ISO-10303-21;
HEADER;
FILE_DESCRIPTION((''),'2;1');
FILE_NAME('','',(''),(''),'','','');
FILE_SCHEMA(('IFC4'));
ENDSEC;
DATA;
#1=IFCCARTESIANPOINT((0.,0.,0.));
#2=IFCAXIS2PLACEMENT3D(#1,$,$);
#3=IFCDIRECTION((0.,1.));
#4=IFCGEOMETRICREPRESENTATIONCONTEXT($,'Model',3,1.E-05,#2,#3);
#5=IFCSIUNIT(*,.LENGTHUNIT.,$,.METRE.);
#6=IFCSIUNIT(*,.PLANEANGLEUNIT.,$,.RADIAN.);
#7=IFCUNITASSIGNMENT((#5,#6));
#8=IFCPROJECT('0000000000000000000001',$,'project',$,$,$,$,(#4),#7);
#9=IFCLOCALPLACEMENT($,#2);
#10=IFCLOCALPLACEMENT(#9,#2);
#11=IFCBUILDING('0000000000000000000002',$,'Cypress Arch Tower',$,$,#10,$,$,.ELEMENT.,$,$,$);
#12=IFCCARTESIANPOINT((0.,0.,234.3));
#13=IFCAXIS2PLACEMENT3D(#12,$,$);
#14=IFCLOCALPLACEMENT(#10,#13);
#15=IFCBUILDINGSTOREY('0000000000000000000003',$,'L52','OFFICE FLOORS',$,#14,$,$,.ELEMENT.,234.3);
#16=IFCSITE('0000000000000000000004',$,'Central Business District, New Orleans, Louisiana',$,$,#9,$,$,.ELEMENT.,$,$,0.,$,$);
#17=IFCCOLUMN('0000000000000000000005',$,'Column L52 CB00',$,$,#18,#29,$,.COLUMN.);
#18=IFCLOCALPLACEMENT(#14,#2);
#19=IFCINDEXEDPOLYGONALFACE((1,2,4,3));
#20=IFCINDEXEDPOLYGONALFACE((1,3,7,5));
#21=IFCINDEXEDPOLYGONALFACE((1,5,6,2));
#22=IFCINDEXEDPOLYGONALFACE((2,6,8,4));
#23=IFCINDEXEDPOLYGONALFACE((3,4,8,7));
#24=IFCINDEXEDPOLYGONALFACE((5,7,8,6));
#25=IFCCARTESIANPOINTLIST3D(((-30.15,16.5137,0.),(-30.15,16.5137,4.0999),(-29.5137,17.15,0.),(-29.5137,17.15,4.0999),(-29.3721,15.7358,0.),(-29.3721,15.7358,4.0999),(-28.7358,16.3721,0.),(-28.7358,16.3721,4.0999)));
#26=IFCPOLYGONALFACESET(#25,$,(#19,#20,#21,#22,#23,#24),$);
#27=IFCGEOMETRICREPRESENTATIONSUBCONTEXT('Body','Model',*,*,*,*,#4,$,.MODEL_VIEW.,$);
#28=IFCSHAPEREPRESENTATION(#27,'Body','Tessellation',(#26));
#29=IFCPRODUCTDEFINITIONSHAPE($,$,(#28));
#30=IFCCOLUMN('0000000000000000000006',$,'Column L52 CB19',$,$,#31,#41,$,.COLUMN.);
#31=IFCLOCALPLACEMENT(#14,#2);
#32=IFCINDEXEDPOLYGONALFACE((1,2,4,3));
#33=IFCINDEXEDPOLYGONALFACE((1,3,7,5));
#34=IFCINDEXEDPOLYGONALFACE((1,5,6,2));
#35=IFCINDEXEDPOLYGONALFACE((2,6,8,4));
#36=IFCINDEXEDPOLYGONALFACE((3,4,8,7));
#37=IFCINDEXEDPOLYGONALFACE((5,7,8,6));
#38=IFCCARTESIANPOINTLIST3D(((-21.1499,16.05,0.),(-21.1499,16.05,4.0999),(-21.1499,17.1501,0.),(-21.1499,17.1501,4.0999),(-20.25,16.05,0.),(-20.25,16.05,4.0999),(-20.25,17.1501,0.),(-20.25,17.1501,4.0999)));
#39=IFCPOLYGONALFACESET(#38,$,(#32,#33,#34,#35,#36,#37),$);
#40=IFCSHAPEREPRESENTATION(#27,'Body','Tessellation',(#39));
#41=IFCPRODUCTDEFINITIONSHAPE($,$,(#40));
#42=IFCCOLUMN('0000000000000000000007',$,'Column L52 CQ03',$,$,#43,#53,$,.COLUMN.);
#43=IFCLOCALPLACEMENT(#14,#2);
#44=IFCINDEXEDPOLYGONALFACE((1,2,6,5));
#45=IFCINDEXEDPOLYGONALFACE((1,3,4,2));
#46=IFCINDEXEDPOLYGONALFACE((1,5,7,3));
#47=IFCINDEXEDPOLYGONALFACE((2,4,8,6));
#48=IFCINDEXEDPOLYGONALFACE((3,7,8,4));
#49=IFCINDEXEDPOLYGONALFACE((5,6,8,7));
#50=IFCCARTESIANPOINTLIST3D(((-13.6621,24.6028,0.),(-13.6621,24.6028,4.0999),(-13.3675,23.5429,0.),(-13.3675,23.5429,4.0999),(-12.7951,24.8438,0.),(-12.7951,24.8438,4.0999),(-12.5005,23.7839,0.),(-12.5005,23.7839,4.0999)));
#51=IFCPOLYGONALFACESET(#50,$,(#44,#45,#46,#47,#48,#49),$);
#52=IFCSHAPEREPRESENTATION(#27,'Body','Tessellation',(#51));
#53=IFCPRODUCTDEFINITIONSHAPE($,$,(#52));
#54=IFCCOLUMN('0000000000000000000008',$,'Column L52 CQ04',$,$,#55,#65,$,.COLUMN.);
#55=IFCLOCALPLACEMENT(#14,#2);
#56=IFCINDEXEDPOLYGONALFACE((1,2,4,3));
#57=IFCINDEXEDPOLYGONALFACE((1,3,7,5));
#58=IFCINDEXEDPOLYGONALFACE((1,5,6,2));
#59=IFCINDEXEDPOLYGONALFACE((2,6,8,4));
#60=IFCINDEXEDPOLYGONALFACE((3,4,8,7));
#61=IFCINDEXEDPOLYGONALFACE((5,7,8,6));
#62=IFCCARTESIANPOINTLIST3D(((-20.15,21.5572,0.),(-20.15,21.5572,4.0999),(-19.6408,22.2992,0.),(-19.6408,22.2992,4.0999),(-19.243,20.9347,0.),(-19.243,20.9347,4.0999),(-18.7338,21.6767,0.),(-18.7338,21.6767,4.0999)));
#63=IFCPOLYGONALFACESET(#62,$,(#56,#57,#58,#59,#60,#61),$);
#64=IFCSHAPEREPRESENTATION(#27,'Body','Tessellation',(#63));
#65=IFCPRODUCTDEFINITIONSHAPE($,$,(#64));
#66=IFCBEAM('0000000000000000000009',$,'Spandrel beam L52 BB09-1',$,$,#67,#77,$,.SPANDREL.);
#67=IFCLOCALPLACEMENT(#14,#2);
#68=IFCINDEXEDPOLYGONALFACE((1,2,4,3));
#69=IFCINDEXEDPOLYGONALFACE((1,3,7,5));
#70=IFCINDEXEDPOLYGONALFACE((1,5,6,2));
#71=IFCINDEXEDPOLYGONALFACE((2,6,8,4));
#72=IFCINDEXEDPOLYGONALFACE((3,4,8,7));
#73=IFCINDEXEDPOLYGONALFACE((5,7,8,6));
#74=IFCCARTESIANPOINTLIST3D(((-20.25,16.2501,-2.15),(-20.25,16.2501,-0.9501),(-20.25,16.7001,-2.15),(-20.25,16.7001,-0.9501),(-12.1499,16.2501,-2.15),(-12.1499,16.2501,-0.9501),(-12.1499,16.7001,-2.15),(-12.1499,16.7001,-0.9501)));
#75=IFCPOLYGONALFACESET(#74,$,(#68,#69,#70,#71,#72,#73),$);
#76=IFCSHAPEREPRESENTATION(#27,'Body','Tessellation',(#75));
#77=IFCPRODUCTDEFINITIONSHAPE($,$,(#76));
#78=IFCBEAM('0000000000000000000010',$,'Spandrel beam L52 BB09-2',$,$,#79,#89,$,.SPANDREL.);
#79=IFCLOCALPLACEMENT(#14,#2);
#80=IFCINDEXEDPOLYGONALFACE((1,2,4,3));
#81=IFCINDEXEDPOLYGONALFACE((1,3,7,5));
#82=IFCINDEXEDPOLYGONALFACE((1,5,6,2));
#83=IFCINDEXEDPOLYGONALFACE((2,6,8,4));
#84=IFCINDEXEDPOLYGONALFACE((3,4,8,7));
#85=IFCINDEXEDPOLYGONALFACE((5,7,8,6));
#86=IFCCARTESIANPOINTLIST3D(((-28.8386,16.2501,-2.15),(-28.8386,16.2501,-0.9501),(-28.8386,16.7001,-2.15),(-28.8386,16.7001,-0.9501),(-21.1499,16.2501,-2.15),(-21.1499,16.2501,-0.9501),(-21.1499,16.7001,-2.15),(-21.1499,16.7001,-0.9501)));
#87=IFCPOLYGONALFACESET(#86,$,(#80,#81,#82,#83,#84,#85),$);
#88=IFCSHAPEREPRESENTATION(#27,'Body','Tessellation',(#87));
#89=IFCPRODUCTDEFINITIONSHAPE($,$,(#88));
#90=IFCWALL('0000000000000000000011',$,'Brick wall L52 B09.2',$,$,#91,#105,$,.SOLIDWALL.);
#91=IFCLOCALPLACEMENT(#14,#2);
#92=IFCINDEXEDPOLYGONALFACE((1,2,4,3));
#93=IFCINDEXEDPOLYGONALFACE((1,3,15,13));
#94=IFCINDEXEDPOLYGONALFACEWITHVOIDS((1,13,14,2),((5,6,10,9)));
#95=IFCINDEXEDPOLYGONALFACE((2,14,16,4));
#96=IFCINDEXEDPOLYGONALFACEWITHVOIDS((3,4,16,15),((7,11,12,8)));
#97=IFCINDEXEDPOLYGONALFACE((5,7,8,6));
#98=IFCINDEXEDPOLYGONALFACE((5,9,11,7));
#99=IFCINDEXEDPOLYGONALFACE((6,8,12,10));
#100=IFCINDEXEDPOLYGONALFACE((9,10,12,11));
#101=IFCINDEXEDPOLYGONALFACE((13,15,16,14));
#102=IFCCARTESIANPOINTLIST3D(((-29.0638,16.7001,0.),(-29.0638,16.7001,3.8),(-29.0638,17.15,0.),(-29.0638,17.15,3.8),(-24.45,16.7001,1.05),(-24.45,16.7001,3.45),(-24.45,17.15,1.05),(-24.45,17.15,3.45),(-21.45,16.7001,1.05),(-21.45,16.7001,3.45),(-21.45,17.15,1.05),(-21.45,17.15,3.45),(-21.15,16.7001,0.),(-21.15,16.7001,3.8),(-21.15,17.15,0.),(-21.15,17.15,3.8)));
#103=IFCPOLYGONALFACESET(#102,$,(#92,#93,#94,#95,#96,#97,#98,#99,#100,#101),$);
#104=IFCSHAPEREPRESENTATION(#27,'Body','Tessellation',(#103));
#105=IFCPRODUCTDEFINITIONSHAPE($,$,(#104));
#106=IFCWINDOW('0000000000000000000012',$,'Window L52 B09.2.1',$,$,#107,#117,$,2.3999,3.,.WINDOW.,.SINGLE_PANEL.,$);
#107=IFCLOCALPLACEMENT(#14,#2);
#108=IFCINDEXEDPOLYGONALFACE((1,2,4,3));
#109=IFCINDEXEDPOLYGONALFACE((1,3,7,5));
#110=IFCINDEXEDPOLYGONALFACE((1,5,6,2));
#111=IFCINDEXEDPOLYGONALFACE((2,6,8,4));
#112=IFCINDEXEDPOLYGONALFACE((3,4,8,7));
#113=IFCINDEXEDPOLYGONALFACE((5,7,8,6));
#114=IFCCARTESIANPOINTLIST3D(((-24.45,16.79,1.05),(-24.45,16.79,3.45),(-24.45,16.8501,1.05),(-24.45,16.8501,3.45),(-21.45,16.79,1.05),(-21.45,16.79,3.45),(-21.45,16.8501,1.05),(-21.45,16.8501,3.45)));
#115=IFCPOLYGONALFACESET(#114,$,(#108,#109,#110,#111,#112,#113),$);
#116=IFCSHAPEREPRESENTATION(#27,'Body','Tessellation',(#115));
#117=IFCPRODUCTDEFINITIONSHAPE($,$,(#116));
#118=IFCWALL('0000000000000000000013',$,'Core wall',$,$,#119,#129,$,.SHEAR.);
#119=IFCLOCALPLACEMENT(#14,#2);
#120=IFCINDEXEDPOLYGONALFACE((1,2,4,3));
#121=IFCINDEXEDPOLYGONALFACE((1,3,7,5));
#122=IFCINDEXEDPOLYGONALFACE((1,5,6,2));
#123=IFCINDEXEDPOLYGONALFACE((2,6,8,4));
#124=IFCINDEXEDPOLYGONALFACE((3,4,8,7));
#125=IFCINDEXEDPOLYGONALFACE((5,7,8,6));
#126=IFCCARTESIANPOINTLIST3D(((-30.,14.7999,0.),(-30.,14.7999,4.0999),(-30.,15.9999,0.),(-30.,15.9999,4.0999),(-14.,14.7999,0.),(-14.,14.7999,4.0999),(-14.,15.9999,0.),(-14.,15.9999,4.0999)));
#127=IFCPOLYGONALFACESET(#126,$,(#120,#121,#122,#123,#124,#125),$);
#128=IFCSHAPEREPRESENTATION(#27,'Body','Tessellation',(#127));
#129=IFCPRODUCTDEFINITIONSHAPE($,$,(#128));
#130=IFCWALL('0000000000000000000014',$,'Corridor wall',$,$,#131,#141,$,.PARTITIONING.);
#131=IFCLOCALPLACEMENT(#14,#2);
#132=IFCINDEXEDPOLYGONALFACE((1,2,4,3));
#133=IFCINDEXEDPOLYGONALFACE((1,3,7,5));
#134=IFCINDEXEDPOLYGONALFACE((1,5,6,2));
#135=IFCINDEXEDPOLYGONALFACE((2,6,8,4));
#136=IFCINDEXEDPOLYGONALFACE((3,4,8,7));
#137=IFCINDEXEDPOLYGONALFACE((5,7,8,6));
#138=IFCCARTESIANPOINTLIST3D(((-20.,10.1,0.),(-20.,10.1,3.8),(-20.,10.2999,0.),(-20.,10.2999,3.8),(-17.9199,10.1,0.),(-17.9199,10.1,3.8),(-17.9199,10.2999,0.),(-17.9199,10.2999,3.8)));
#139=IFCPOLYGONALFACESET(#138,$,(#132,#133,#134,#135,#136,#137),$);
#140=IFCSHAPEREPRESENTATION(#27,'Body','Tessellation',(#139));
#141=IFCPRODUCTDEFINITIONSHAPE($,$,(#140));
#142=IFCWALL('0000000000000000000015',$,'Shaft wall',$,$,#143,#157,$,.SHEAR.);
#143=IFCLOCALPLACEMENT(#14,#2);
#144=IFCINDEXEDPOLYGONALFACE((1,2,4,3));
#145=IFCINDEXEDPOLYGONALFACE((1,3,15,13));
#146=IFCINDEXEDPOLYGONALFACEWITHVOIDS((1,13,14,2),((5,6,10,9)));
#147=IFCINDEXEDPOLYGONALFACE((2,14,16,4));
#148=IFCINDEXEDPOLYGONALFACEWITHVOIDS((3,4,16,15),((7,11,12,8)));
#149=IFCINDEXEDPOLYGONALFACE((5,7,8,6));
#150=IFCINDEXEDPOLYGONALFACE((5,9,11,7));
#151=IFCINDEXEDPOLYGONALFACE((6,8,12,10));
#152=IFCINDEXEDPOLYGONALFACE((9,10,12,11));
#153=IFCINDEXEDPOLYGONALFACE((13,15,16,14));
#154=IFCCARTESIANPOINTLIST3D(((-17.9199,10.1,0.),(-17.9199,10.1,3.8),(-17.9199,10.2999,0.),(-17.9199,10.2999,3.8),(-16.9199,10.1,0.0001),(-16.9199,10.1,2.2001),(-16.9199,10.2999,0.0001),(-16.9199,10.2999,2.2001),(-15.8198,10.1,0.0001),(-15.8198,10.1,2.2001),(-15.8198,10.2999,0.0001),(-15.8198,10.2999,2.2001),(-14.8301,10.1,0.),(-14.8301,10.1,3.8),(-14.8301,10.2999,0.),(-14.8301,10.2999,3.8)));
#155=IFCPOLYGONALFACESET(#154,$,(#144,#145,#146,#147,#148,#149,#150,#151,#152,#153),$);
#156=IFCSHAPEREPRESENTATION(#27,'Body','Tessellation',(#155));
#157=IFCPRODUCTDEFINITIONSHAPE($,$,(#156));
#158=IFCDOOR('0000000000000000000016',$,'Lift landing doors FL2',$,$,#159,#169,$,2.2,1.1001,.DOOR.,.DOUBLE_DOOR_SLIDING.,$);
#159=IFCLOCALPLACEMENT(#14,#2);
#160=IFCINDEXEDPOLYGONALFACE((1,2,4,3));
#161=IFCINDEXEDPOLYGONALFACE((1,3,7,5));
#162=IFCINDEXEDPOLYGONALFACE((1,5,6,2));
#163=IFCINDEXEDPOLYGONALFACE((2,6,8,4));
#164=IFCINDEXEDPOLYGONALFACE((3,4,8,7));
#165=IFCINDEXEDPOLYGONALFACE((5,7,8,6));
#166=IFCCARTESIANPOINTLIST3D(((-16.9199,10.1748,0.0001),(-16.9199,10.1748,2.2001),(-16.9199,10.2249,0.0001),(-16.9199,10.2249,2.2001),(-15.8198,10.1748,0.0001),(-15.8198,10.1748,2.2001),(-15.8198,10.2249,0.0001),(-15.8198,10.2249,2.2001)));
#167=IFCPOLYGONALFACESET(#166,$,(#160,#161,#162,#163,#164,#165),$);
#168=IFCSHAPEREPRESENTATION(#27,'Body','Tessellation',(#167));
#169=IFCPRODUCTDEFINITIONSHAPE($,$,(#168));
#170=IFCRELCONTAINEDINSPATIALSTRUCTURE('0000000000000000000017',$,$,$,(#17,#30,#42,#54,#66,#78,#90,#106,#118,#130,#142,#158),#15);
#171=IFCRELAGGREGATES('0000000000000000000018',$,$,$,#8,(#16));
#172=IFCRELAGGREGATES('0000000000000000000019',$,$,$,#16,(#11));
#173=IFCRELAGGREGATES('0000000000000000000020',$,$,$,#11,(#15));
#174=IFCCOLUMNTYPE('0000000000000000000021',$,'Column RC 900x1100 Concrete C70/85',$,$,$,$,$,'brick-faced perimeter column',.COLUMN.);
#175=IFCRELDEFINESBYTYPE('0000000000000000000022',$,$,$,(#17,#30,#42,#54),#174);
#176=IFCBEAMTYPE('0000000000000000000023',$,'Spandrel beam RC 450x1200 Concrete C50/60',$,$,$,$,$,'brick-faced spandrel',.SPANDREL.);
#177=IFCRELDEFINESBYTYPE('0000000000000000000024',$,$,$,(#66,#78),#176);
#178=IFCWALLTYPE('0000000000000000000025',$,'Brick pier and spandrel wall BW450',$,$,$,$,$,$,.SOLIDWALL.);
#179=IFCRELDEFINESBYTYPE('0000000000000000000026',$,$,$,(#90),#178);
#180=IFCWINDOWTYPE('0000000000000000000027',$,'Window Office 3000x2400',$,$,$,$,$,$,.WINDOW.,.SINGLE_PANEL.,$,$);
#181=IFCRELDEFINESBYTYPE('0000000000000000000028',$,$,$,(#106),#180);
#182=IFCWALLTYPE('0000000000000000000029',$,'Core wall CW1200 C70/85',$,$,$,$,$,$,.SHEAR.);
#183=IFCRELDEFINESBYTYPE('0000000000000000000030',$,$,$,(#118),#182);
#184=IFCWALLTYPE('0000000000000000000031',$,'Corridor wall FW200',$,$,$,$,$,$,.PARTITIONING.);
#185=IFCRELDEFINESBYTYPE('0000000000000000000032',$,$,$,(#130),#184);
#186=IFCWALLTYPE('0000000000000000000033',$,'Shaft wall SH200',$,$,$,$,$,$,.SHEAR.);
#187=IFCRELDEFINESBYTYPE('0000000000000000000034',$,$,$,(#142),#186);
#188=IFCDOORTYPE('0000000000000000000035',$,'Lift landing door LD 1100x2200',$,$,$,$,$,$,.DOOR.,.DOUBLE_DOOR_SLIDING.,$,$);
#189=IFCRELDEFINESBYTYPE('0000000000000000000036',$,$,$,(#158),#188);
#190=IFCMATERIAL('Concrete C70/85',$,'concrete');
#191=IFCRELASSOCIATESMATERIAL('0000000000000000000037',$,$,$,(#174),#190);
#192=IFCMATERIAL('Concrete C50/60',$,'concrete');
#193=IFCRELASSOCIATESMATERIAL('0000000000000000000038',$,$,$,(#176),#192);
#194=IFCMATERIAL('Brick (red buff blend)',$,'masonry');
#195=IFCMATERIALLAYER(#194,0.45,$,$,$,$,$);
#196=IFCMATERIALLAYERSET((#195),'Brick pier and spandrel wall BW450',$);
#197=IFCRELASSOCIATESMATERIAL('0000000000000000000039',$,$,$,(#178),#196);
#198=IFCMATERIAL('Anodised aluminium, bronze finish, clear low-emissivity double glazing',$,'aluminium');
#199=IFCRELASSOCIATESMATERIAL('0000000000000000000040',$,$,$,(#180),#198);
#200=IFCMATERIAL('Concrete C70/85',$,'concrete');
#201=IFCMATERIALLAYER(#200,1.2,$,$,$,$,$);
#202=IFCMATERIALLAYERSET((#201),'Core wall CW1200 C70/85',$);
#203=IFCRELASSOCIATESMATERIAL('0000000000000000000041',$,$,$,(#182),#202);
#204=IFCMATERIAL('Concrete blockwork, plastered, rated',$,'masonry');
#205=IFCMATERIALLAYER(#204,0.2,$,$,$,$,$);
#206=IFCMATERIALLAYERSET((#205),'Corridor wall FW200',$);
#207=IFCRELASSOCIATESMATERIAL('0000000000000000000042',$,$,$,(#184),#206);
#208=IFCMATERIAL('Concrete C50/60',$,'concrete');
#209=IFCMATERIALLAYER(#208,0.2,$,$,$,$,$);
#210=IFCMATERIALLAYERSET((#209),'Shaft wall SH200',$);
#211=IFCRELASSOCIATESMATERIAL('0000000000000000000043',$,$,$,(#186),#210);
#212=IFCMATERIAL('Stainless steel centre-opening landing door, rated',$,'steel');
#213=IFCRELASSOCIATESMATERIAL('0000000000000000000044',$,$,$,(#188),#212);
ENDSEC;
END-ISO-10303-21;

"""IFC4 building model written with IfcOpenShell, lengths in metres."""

from ifc_helpers import new_model, si_unit, direction, frame, frame_2d, origin, origin_2d, place, context, subcontext, project, spatial, rectangle, extrude, material, layer, layer_set, material_profile, profile_set, type_object, element, fill, save


model = new_model("IFC4")

# Units and contexts
model_context = context("Model", 3, precision=1e-05, world=origin(), true_north=direction((0.0, 1.0)))
body_context = subcontext(model_context, "Body", "Model", "MODEL_VIEW")
ifc_project = project(units=[si_unit("LENGTHUNIT", "METRE"), si_unit("PLANEANGLEUNIT", "RADIAN")], contexts=[model_context])

# Site, building, storey
site_placement = place(None, origin())
site = spatial("IfcSite", under=ifc_project, at=site_placement, Name="Central Business District, New Orleans, Louisiana", CompositionType="ELEMENT", RefElevation=0.0)
building_placement = place(site_placement, origin())
building = spatial("IfcBuilding", under=site, at=building_placement, Name="Cypress Arch Tower", CompositionType="ELEMENT")
storey_placement = place(building_placement, frame((0.0, 0.0, 234.3)))
storey = spatial("IfcBuildingStorey", under=building, at=storey_placement, Name="L52", Description="OFFICE FLOORS", CompositionType="ELEMENT", Elevation=234.3)

# Columns
ifc_material_1 = material(Name="Concrete C70/85", Category="concrete")
ifc_material_profile_1 = material_profile(ifc_material_1, rectangle(XDim=0.8999, YDim=1.1001, at=origin_2d()), Name="RC 900x1100")
ifc_profile_set_1 = profile_set([ifc_material_profile_1], Name="Concrete C70/85")
column_type = type_object("IfcColumnType", Name="Column RC 900x1100 Concrete C70/85", ElementType="brick-faced perimeter column", PredefinedType="COLUMN", material=ifc_profile_set_1)
for number, where, z_axis, x_axis, name in (
    (1, (-29.4429, 16.4429, 0.0), (0.0, 0.0, 1.0), (-0.707107, -0.707107, 0.0), "Column L52 CB00"),
    (2, (-20.7, 16.6001, 0.0), (0.0, 0.0, 1.0), (-1.0, 0.0, 0.0), "Column L52 CB19"),
    (3, (-13.0813, 24.1934, 0.0), (0.0, 0.0, 1.0), (-0.963456, -0.267868, 0.0), "Column L52 CQ03"),
    (4, (-19.4419, 21.6169, 0.0), (0.0, 0.0, 1.0), (-0.565893, -0.824479, 0.0), "Column L52 CQ04"),
):
    element("IfcColumn", number, at=place(storey_placement, frame(where, z_axis=z_axis, x_axis=x_axis)), inside=storey, type_object=column_type, Name=name, PredefinedType="COLUMN", context=body_context, shape_type="SweptSolid", body=[
        extrude(rectangle(XDim=0.8999, YDim=1.1001, at=origin_2d()), origin(), (0.0, 0.0, 1.0), 4.0999),
    ])

# Beams
ifc_material_2 = material(Name="Concrete C50/60", Category="concrete")
ifc_material_profile_2 = material_profile(ifc_material_2, rectangle(XDim=0.45, YDim=1.2, at=origin_2d()), Name="RC 450x1200")
ifc_profile_set_2 = profile_set([ifc_material_profile_2], Name="Concrete C50/60")
beam_type = type_object("IfcBeamType", Name="Spandrel beam RC 450x1200 Concrete C50/60", ElementType="brick-faced spandrel", PredefinedType="SPANDREL", material=ifc_profile_set_2)
beam_1_placement = place(storey_placement, frame((-12.1499, 16.4751, -1.55), z_axis=(-1.0, 0.0, 0.0), x_axis=(0.0, -1.0, 0.0)))
element("IfcBeam", 5, at=beam_1_placement, inside=storey, type_object=beam_type, Name="Spandrel beam L52 BB09-1", PredefinedType="SPANDREL", context=body_context, shape_type="SweptSolid", body=[
    extrude(rectangle(XDim=0.45, YDim=1.2, at=origin_2d()), origin(), (0.0, 0.0, 1.0), 8.1001),
])
beam_2_placement = place(storey_placement, frame((-21.1499, 16.4751, -1.55), z_axis=(-1.0, 0.0, 0.0), x_axis=(0.0, -1.0, 0.0)))
element("IfcBeam", 6, at=beam_2_placement, inside=storey, type_object=beam_type, Name="Spandrel beam L52 BB09-2", PredefinedType="SPANDREL", context=body_context, shape_type="SweptSolid", body=[
    extrude(rectangle(XDim=0.45, YDim=1.2, at=origin_2d()), origin(), (0.0, 0.0, 1.0), 7.6887),
])

# Wall, opening, window
ifc_material_3 = material(Name="Brick (red buff blend)", Category="masonry")
ifc_layer_1 = layer(ifc_material_3, 0.45)
ifc_layer_set_1 = layer_set([ifc_layer_1], Name="Brick pier and spandrel wall BW450")
wall_type_1 = type_object("IfcWallType", Name="Brick pier and spandrel wall BW450", PredefinedType="SOLIDWALL", material=ifc_layer_set_1)
wall_1_placement = place(storey_placement, frame((-21.1499, 16.925, 0.0), z_axis=(0.0, 0.0, 1.0), x_axis=(-1.0, 0.0, 0.0)))
wall_1 = element("IfcWall", 7, at=wall_1_placement, inside=storey, type_object=wall_type_1, Name="Brick wall L52 B09.2", PredefinedType="SOLIDWALL", context=body_context, shape_type="SweptSolid", body=[
    extrude(rectangle(XDim=7.9138, YDim=0.45, at=frame_2d((3.957, 0.0))), origin(), (0.0, 0.0, 1.0), 3.8),
])
opening_1_placement = place(wall_1_placement, frame((0.3, 0.0, 1.05)))
opening_1 = element("IfcOpeningElement", 8, at=opening_1_placement, cuts=wall_1, PredefinedType="OPENING", context=body_context, shape_type="SweptSolid", body=[
    extrude(rectangle(XDim=3.0, YDim=2.3999, at=frame_2d((1.5, 1.2))), frame((0.0, 0.2349, 0.0), z_axis=(0.0, -1.0, 0.0), x_axis=(1.0, 0.0, 0.0)), (0.0, 0.0, 1.0), 0.47),
])
ifc_material_4 = material(Name="Anodised aluminium, bronze finish, clear low-emissivity double glazing", Category="aluminium")
window_type = type_object("IfcWindowType", Name="Window Office 3000x2400", PartitioningType="SINGLE_PANEL", PredefinedType="WINDOW", material=ifc_material_4)
window_placement = place(opening_1_placement, origin())
window = element("IfcWindow", 9, at=window_placement, inside=storey, type_object=window_type, Name="Window L52 B09.2.1", OverallHeight=2.3999, OverallWidth=3.0, PartitioningType="SINGLE_PANEL", PredefinedType="WINDOW", context=body_context, shape_type="SweptSolid", body=[
    extrude(rectangle(XDim=3.0, YDim=2.3999, at=frame_2d((1.5, 1.2))), frame((0.0, 0.135, 0.0), z_axis=(0.0, -1.0, 0.0), x_axis=(1.0, 0.0, 0.0)), (0.0, 0.0, 1.0), 0.0601),
])
fill(opening_1, window)

# Walls
ifc_material_5 = material(Name="Concrete C70/85", Category="concrete")
ifc_layer_2 = layer(ifc_material_5, 1.2)
ifc_layer_set_2 = layer_set([ifc_layer_2], Name="Core wall CW1200 C70/85")
wall_type_2 = type_object("IfcWallType", Name="Core wall CW1200 C70/85", PredefinedType="SHEAR", material=ifc_layer_set_2)
wall_2_placement = place(storey_placement, frame((-30.0, 15.3999, 0.0), z_axis=(0.0, 0.0, 1.0), x_axis=(1.0, 0.0, 0.0)))
element("IfcWall", 10, at=wall_2_placement, inside=storey, type_object=wall_type_2, Name="Core wall", PredefinedType="SHEAR", context=body_context, shape_type="SweptSolid", body=[
    extrude(rectangle(XDim=16.0, YDim=1.2, at=frame_2d((8.0, 0.0))), origin(), (0.0, 0.0, 1.0), 4.0999),
])
ifc_material_6 = material(Name="Concrete blockwork, plastered, rated", Category="masonry")
ifc_layer_3 = layer(ifc_material_6, 0.2)
ifc_layer_set_3 = layer_set([ifc_layer_3], Name="Corridor wall FW200")
wall_type_3 = type_object("IfcWallType", Name="Corridor wall FW200", PredefinedType="PARTITIONING", material=ifc_layer_set_3)
wall_3_placement = place(storey_placement, frame((-20.0, 10.2, 0.0), z_axis=(0.0, 0.0, 1.0), x_axis=(1.0, 0.0, 0.0)))
element("IfcWall", 11, at=wall_3_placement, inside=storey, type_object=wall_type_3, Name="Corridor wall", PredefinedType="PARTITIONING", context=body_context, shape_type="SweptSolid", body=[
    extrude(rectangle(XDim=2.0801, YDim=0.2, at=frame_2d((1.04, 0.0))), origin(), (0.0, 0.0, 1.0), 3.8),
])

# Wall, opening, door
ifc_material_7 = material(Name="Concrete C50/60", Category="concrete")
ifc_layer_4 = layer(ifc_material_7, 0.2)
ifc_layer_set_4 = layer_set([ifc_layer_4], Name="Shaft wall SH200")
wall_type_4 = type_object("IfcWallType", Name="Shaft wall SH200", PredefinedType="SHEAR", material=ifc_layer_set_4)
wall_4_placement = place(storey_placement, frame((-17.9199, 10.2, 0.0), z_axis=(0.0, 0.0, 1.0), x_axis=(1.0, 0.0, 0.0)))
wall_4 = element("IfcWall", 12, at=wall_4_placement, inside=storey, type_object=wall_type_4, Name="Shaft wall", PredefinedType="SHEAR", context=body_context, shape_type="SweptSolid", body=[
    extrude(rectangle(XDim=3.0898, YDim=0.2, at=frame_2d((1.5449, 0.0))), origin(), (0.0, 0.0, 1.0), 3.8),
])
opening_2_placement = place(wall_4_placement, frame((1.0, 0.0, 0.0)))
opening_2 = element("IfcOpeningElement", 13, at=opening_2_placement, cuts=wall_4, PredefinedType="OPENING", context=body_context, shape_type="SweptSolid", body=[
    extrude(rectangle(XDim=1.1001, YDim=2.2, at=frame_2d((0.55, 1.1001))), frame((0.0, 0.1099, 0.0), z_axis=(0.0, -1.0, 0.0), x_axis=(1.0, 0.0, 0.0)), (0.0, 0.0, 1.0), 0.22),
])
ifc_material_8 = material(Name="Stainless steel centre-opening landing door, rated", Category="steel")
door_type_1 = type_object("IfcDoorType", Name="Lift landing door LD 1100x2200", OperationType="DOUBLE_DOOR_SLIDING", PredefinedType="DOOR", material=ifc_material_8)
door_1_placement = place(opening_2_placement, origin())
door_1 = element("IfcDoor", 14, at=door_1_placement, inside=storey, type_object=door_type_1, Name="Lift landing doors FL2", OperationType="DOUBLE_DOOR_SLIDING", OverallHeight=2.2, OverallWidth=1.1001, PredefinedType="DOOR", context=body_context, shape_type="SweptSolid", body=[
    extrude(rectangle(XDim=1.1001, YDim=2.2, at=frame_2d((0.55, 1.1001))), frame((0.0, 0.0249, 0.0), z_axis=(0.0, -1.0, 0.0), x_axis=(1.0, 0.0, 0.0)), (0.0, 0.0, 1.0), 0.05),
])
fill(opening_2, door_1)

save(model, "model.ifc")
